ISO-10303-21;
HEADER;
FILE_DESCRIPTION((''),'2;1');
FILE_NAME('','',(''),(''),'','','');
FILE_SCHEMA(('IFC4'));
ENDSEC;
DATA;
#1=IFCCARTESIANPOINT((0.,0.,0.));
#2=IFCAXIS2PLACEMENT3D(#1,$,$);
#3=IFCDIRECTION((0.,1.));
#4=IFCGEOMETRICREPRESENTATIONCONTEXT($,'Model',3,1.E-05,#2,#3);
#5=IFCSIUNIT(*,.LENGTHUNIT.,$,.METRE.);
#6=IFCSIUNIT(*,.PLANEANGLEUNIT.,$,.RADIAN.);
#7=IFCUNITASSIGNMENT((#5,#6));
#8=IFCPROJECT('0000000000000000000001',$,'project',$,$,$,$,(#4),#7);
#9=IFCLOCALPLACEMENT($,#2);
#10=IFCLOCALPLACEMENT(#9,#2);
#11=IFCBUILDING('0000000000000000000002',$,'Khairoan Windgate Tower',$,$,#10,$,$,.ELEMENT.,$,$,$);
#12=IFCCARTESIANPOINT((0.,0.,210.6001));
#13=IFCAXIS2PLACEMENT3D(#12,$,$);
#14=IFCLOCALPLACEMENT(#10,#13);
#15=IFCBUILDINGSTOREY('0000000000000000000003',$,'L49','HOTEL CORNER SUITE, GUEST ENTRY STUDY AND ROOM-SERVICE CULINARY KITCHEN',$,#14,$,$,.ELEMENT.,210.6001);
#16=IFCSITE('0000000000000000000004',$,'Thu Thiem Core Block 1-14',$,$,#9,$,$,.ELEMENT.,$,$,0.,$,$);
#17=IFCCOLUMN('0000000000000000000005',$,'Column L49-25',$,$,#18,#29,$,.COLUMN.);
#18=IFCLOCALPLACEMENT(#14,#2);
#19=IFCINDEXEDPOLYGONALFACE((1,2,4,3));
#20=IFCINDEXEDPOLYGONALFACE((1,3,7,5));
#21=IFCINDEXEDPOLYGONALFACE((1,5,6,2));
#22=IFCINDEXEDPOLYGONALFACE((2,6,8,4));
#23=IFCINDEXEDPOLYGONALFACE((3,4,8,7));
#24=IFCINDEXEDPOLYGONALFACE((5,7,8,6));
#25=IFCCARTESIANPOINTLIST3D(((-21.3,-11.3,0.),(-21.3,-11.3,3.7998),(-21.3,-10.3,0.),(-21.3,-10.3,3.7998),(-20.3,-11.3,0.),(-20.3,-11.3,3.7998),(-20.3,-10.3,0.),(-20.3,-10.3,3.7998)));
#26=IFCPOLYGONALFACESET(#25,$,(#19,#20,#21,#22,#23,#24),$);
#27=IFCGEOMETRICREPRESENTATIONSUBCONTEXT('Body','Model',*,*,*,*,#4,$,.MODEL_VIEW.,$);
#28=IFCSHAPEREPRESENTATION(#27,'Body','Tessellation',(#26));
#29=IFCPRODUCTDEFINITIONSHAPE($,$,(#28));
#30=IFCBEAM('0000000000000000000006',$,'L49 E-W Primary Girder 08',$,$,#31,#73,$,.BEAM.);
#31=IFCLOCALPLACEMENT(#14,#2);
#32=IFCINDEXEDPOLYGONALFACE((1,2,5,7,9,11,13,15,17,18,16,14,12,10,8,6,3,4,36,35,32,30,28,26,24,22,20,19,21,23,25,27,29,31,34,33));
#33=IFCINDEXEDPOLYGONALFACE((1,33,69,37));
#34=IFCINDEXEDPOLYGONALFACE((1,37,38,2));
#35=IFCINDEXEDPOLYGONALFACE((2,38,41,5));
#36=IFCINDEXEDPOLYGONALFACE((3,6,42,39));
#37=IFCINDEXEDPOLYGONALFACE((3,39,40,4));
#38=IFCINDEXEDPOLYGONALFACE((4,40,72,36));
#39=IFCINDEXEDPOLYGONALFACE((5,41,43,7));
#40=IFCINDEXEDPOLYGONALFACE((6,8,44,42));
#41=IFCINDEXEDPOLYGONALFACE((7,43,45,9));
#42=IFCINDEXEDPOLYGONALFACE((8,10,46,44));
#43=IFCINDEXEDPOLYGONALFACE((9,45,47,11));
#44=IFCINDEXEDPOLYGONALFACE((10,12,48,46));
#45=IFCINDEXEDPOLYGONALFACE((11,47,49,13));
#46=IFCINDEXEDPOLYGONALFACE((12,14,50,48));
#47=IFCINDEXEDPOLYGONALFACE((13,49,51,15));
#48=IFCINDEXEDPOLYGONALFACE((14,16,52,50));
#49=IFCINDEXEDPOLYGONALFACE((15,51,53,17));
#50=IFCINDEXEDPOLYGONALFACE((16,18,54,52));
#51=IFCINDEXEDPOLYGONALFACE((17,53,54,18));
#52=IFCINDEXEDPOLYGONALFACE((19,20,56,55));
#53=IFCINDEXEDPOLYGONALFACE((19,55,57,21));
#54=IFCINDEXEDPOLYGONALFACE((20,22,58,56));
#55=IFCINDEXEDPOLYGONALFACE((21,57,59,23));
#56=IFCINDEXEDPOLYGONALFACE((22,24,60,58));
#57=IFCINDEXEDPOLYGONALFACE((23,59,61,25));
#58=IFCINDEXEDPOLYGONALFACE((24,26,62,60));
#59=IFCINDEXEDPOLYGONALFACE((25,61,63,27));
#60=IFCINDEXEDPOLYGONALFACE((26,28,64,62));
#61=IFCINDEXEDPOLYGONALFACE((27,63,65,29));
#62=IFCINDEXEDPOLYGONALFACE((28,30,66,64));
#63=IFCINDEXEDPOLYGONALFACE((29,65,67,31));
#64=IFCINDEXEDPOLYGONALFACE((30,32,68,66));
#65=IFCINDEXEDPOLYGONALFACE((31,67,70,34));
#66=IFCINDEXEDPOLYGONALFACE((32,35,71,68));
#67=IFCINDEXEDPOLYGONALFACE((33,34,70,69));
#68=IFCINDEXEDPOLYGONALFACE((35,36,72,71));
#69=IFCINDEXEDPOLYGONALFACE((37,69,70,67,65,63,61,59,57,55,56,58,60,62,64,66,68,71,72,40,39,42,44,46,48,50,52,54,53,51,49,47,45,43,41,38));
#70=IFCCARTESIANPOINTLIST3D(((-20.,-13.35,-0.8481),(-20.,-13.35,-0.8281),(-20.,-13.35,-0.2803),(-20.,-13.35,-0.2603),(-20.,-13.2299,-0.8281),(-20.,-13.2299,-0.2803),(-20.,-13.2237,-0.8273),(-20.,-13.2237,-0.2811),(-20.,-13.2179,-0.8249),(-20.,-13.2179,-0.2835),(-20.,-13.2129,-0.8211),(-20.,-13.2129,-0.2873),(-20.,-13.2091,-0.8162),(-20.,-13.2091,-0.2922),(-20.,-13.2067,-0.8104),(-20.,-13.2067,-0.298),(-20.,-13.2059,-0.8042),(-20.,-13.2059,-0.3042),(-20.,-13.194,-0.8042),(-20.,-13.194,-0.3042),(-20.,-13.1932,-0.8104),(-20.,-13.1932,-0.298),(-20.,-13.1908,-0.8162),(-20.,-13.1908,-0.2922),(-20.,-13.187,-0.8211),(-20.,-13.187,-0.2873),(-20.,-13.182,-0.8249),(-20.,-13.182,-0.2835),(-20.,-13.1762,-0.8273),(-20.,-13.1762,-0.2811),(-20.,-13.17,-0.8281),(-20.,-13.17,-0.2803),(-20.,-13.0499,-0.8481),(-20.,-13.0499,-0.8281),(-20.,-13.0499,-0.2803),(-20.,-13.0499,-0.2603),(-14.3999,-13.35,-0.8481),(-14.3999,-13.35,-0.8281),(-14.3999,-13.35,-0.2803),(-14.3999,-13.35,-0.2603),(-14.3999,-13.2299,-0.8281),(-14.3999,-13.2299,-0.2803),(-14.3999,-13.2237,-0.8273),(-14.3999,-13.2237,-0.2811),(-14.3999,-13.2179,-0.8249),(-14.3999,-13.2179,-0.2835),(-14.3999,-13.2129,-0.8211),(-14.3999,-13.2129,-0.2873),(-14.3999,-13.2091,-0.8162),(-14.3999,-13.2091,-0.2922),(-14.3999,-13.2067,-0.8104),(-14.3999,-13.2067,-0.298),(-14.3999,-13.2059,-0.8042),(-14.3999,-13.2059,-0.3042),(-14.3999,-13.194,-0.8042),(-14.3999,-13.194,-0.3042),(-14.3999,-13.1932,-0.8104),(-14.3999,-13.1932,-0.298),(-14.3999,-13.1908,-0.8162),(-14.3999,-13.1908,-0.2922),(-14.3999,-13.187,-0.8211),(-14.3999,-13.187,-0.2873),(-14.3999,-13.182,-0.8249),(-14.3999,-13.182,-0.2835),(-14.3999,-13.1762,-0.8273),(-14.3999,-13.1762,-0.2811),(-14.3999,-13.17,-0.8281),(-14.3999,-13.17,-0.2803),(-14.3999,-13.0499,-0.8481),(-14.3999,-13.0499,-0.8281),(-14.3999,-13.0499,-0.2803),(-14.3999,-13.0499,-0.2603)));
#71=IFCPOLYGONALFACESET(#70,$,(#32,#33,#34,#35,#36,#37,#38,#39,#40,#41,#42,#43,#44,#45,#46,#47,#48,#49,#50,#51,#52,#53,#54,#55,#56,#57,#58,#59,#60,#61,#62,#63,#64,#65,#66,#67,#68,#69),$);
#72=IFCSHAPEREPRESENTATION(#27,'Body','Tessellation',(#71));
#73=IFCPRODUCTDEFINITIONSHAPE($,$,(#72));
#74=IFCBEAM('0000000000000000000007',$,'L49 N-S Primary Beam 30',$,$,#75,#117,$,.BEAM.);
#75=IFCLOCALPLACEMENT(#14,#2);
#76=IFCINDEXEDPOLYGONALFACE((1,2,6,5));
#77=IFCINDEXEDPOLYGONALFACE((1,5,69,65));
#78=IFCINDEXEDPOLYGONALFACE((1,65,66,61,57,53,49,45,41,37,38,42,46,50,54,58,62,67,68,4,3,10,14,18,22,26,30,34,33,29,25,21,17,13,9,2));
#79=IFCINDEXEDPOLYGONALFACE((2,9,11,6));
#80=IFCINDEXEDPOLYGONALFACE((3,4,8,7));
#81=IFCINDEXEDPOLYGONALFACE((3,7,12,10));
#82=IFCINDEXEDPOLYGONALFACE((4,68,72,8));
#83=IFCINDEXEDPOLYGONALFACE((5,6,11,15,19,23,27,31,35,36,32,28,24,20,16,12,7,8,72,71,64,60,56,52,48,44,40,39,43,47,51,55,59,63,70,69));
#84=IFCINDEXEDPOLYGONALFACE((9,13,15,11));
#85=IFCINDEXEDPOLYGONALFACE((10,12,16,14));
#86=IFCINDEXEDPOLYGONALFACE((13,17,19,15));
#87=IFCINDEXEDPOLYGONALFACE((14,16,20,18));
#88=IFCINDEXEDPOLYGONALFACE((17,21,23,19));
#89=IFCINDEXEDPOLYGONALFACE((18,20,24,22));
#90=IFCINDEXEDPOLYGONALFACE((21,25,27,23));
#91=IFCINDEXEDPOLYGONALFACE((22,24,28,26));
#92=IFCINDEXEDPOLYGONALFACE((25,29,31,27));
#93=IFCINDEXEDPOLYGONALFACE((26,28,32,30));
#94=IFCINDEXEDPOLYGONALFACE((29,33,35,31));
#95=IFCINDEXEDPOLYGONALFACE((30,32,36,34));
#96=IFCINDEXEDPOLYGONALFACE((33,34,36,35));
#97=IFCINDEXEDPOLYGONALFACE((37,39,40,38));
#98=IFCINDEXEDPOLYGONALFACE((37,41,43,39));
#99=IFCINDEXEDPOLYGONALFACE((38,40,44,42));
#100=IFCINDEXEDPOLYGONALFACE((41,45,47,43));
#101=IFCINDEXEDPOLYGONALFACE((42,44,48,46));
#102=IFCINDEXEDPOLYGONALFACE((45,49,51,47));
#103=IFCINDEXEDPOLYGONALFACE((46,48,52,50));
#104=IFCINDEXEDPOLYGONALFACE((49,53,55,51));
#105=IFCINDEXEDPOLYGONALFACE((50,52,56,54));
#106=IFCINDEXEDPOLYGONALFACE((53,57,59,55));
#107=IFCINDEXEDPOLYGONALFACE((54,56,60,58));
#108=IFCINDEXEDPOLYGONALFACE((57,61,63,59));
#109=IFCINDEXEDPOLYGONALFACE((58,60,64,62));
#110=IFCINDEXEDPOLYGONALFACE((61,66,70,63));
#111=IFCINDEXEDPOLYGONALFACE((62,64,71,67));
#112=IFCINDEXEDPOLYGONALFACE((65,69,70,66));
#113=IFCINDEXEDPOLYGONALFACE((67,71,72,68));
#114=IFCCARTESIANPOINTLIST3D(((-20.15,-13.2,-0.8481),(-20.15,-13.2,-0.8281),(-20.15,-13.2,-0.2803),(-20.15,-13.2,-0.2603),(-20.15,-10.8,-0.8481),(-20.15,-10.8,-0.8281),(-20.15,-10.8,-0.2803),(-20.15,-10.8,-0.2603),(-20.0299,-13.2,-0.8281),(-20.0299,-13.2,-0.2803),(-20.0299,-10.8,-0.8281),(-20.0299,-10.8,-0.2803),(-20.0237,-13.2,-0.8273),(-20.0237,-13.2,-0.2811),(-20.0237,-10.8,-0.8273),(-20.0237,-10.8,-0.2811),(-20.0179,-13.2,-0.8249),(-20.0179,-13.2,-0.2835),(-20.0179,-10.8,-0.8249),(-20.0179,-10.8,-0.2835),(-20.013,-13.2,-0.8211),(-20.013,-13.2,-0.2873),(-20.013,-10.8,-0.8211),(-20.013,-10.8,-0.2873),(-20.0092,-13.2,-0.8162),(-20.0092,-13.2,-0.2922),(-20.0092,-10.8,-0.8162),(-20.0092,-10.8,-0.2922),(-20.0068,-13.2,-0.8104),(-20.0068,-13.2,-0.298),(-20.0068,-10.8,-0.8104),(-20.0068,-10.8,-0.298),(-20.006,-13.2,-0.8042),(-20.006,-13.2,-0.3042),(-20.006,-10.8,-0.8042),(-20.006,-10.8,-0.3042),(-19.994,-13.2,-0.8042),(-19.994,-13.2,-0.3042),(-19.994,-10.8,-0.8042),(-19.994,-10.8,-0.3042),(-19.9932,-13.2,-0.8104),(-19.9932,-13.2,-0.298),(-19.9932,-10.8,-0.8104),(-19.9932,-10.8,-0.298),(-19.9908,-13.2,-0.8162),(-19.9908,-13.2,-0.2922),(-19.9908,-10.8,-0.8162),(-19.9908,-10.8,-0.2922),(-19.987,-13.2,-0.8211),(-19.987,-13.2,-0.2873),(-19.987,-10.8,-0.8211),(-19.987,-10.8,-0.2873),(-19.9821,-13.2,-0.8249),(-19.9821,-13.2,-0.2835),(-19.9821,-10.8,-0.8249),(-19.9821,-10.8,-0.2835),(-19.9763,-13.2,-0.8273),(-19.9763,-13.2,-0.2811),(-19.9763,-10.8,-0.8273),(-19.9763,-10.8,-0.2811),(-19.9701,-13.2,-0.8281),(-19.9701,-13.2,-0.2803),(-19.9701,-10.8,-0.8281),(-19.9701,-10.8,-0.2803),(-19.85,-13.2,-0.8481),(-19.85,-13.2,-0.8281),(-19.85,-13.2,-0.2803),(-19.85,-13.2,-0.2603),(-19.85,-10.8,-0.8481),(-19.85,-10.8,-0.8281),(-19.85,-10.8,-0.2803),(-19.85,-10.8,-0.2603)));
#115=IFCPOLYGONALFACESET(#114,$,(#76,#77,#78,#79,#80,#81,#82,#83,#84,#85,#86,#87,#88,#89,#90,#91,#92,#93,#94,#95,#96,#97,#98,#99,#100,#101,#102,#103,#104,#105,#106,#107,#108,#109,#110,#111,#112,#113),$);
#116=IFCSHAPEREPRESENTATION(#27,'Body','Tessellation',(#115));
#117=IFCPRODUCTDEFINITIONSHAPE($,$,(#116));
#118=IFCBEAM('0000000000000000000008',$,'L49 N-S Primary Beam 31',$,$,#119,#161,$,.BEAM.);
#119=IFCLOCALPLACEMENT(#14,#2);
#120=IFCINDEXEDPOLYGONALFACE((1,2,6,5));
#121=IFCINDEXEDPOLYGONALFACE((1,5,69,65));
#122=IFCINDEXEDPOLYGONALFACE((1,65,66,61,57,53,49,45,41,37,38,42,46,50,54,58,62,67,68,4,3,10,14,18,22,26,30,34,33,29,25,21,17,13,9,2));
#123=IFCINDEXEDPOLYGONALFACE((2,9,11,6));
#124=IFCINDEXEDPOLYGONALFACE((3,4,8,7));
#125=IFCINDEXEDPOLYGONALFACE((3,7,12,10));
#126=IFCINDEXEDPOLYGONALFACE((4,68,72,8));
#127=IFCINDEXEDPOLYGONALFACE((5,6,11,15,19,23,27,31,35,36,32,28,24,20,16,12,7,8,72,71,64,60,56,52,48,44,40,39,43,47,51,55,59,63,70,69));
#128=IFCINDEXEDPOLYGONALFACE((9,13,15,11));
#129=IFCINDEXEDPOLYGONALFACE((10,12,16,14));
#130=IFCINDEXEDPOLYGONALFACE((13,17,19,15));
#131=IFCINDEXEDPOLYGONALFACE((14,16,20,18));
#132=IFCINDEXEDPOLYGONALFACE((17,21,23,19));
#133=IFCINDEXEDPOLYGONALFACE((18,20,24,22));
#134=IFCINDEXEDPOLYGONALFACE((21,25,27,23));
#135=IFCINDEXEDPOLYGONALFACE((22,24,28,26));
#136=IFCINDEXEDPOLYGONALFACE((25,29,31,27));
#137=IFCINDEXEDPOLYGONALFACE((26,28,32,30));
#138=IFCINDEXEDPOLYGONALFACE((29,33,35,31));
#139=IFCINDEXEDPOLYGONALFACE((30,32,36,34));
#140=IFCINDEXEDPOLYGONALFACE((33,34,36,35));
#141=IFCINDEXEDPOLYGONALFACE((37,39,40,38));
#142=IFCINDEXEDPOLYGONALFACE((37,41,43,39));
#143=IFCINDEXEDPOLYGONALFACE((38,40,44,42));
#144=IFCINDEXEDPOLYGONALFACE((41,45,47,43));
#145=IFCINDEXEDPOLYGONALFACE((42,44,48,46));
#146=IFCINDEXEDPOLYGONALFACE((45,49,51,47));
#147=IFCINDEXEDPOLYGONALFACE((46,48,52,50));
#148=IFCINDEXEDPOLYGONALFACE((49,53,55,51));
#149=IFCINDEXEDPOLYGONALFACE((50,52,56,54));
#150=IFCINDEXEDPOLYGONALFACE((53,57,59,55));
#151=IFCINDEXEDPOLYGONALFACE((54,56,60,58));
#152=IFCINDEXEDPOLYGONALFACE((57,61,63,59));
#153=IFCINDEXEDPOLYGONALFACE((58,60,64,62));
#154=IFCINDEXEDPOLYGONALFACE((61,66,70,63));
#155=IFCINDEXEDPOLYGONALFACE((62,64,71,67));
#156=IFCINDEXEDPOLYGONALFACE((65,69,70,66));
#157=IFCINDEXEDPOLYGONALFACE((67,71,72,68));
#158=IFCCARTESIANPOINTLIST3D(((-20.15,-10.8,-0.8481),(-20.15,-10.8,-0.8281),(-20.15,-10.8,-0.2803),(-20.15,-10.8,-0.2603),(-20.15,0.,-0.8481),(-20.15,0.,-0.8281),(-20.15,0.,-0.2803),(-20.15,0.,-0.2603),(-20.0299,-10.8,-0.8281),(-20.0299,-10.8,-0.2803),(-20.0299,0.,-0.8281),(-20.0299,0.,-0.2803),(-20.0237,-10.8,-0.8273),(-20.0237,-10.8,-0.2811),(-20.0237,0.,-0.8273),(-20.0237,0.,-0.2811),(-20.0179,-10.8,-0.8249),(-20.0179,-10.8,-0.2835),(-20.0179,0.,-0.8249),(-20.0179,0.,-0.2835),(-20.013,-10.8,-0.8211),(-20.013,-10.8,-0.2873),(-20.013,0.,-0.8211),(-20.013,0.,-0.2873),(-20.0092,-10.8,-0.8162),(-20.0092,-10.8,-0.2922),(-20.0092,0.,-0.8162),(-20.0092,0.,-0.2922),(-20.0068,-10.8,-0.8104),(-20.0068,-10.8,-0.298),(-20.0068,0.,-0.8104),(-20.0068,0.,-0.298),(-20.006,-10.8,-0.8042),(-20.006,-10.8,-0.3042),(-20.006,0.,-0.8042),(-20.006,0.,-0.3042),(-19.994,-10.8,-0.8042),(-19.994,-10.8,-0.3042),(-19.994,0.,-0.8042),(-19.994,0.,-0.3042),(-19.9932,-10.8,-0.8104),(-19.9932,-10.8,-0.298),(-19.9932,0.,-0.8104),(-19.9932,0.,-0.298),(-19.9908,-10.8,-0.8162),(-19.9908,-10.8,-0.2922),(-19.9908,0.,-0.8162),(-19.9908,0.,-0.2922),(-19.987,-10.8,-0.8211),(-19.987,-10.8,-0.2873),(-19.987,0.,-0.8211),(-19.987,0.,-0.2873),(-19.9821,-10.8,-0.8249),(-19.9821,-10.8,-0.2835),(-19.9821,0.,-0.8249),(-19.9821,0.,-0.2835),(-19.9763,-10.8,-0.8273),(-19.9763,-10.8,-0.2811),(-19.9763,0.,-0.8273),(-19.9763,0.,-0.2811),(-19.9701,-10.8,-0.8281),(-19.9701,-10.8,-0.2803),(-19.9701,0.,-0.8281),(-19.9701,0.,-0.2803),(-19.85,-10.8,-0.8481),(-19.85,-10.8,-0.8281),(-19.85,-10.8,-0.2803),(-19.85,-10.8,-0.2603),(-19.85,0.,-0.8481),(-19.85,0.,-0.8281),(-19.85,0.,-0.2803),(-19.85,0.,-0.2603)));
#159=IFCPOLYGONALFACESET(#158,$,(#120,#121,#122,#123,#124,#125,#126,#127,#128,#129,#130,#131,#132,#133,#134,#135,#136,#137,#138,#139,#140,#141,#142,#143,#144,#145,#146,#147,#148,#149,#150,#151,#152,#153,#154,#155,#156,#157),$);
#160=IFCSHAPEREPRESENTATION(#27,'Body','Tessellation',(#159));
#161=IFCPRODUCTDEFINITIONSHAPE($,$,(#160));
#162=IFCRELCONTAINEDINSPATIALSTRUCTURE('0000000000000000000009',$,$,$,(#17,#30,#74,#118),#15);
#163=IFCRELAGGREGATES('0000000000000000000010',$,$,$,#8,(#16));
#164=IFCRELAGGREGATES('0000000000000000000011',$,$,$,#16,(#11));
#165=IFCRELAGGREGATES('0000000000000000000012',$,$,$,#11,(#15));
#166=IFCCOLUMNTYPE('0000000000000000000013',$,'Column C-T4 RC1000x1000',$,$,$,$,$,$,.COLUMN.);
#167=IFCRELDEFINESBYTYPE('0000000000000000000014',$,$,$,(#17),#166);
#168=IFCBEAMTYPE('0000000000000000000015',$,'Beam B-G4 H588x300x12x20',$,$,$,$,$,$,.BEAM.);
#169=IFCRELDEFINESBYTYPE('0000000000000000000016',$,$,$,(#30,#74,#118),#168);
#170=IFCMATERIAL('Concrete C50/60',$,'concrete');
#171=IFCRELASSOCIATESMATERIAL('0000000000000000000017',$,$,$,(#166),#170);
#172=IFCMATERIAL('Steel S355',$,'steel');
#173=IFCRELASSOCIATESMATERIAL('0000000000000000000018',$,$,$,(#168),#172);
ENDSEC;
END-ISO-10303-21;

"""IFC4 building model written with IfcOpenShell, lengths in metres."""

from ifc_helpers import new_model, si_unit, direction, frame, origin, origin_2d, place, context, subcontext, project, spatial, rectangle, i_section, extrude, material, material_profile, profile_set, type_object, element, save


model = new_model("IFC4")

# Units and contexts
model_context = context("Model", 3, precision=1e-05, world=origin(), true_north=direction((0.0, 1.0)))
body_context = subcontext(model_context, "Body", "Model", "MODEL_VIEW")
ifc_project = project(units=[si_unit("LENGTHUNIT", "METRE"), si_unit("PLANEANGLEUNIT", "RADIAN")], contexts=[model_context])

# Site, building, storey
site_placement = place(None, origin())
site = spatial("IfcSite", under=ifc_project, at=site_placement, Name="Thu Thiem Core Block 1-14", CompositionType="ELEMENT", RefElevation=0.0)
building_placement = place(site_placement, origin())
building = spatial("IfcBuilding", under=site, at=building_placement, Name="Khairoan Windgate Tower", CompositionType="ELEMENT")
storey_placement = place(building_placement, frame((0.0, 0.0, 210.6001)))
storey = spatial("IfcBuildingStorey", under=building, at=storey_placement, Name="L49", Description="HOTEL CORNER SUITE, GUEST ENTRY STUDY AND ROOM-SERVICE CULINARY KITCHEN", CompositionType="ELEMENT", Elevation=210.6001)

# Column
ifc_material_1 = material(Name="Concrete C50/60", Category="concrete")
ifc_material_profile_1 = material_profile(ifc_material_1, rectangle(XDim=1.0, YDim=1.0, at=origin_2d()))
ifc_profile_set_1 = profile_set([ifc_material_profile_1], Name="Concrete C50/60")
column_type = type_object("IfcColumnType", Name="Column C-T4 RC1000x1000", PredefinedType="COLUMN", material=ifc_profile_set_1)
column_placement = place(storey_placement, frame((-20.8, -10.8, 0.0), z_axis=(0.0, 0.0, 1.0), x_axis=(1.0, 0.0, 0.0)))
element("IfcColumn", 1, at=column_placement, inside=storey, type_object=column_type, Name="Column L49-25", PredefinedType="COLUMN", context=body_context, shape_type="SweptSolid", body=[
    extrude(rectangle(XDim=1.0, YDim=1.0, at=origin_2d()), origin(), (0.0, 0.0, 1.0), 3.7998),
])

# Beams
ifc_material_2 = material(Name="Steel S355", Category="steel")
ifc_material_profile_2 = material_profile(ifc_material_2, i_section(OverallWidth=0.3, OverallDepth=0.5879, WebThickness=0.012, FlangeThickness=0.02, FilletRadius=0.0239, at=origin_2d()))
ifc_profile_set_2 = profile_set([ifc_material_profile_2], Name="Steel S355")
beam_type_1 = type_object("IfcBeamType", Name="Beam B-G4 H588x300x12x20", PredefinedType="BEAM", material=ifc_profile_set_2)
beam_1_placement = place(storey_placement, frame((-20.0, -13.2, -0.5542), z_axis=(1.0, 0.0, 0.0), x_axis=(0.0, 1.0, 0.0)))
element("IfcBeam", 2, at=beam_1_placement, inside=storey, type_object=beam_type_1, Name="L49 E-W Primary Girder 08", PredefinedType="BEAM", context=body_context, shape_type="SweptSolid", body=[
    extrude(i_section(OverallWidth=0.3, OverallDepth=0.5879, WebThickness=0.012, FlangeThickness=0.02, FilletRadius=0.0239, at=origin_2d()), origin(), (0.0, 0.0, 1.0), 5.6001),
])
beam_2_placement = place(storey_placement, frame((-20.0, -13.2, -0.5542), z_axis=(0.0, 1.0, 0.0), x_axis=(-1.0, 0.0, 0.0)))
element("IfcBeam", 3, at=beam_2_placement, inside=storey, type_object=beam_type_1, Name="L49 N-S Primary Beam 30", PredefinedType="BEAM", context=body_context, shape_type="SweptSolid", body=[
    extrude(i_section(OverallWidth=0.3, OverallDepth=0.5879, WebThickness=0.012, FlangeThickness=0.02, FilletRadius=0.0239, at=origin_2d()), origin(), (0.0, 0.0, 1.0), 2.3999),
])
beam_3_placement = place(storey_placement, frame((-20.0, -10.8, -0.5542), z_axis=(0.0, 1.0, 0.0), x_axis=(-1.0, 0.0, 0.0)))
element("IfcBeam", 4, at=beam_3_placement, inside=storey, type_object=beam_type_1, Name="L49 N-S Primary Beam 31", PredefinedType="BEAM", context=body_context, shape_type="SweptSolid", body=[
    extrude(i_section(OverallWidth=0.3, OverallDepth=0.5879, WebThickness=0.012, FlangeThickness=0.02, FilletRadius=0.0239, at=origin_2d()), origin(), (0.0, 0.0, 1.0), 10.8),
])

save(model, "model.ifc")
